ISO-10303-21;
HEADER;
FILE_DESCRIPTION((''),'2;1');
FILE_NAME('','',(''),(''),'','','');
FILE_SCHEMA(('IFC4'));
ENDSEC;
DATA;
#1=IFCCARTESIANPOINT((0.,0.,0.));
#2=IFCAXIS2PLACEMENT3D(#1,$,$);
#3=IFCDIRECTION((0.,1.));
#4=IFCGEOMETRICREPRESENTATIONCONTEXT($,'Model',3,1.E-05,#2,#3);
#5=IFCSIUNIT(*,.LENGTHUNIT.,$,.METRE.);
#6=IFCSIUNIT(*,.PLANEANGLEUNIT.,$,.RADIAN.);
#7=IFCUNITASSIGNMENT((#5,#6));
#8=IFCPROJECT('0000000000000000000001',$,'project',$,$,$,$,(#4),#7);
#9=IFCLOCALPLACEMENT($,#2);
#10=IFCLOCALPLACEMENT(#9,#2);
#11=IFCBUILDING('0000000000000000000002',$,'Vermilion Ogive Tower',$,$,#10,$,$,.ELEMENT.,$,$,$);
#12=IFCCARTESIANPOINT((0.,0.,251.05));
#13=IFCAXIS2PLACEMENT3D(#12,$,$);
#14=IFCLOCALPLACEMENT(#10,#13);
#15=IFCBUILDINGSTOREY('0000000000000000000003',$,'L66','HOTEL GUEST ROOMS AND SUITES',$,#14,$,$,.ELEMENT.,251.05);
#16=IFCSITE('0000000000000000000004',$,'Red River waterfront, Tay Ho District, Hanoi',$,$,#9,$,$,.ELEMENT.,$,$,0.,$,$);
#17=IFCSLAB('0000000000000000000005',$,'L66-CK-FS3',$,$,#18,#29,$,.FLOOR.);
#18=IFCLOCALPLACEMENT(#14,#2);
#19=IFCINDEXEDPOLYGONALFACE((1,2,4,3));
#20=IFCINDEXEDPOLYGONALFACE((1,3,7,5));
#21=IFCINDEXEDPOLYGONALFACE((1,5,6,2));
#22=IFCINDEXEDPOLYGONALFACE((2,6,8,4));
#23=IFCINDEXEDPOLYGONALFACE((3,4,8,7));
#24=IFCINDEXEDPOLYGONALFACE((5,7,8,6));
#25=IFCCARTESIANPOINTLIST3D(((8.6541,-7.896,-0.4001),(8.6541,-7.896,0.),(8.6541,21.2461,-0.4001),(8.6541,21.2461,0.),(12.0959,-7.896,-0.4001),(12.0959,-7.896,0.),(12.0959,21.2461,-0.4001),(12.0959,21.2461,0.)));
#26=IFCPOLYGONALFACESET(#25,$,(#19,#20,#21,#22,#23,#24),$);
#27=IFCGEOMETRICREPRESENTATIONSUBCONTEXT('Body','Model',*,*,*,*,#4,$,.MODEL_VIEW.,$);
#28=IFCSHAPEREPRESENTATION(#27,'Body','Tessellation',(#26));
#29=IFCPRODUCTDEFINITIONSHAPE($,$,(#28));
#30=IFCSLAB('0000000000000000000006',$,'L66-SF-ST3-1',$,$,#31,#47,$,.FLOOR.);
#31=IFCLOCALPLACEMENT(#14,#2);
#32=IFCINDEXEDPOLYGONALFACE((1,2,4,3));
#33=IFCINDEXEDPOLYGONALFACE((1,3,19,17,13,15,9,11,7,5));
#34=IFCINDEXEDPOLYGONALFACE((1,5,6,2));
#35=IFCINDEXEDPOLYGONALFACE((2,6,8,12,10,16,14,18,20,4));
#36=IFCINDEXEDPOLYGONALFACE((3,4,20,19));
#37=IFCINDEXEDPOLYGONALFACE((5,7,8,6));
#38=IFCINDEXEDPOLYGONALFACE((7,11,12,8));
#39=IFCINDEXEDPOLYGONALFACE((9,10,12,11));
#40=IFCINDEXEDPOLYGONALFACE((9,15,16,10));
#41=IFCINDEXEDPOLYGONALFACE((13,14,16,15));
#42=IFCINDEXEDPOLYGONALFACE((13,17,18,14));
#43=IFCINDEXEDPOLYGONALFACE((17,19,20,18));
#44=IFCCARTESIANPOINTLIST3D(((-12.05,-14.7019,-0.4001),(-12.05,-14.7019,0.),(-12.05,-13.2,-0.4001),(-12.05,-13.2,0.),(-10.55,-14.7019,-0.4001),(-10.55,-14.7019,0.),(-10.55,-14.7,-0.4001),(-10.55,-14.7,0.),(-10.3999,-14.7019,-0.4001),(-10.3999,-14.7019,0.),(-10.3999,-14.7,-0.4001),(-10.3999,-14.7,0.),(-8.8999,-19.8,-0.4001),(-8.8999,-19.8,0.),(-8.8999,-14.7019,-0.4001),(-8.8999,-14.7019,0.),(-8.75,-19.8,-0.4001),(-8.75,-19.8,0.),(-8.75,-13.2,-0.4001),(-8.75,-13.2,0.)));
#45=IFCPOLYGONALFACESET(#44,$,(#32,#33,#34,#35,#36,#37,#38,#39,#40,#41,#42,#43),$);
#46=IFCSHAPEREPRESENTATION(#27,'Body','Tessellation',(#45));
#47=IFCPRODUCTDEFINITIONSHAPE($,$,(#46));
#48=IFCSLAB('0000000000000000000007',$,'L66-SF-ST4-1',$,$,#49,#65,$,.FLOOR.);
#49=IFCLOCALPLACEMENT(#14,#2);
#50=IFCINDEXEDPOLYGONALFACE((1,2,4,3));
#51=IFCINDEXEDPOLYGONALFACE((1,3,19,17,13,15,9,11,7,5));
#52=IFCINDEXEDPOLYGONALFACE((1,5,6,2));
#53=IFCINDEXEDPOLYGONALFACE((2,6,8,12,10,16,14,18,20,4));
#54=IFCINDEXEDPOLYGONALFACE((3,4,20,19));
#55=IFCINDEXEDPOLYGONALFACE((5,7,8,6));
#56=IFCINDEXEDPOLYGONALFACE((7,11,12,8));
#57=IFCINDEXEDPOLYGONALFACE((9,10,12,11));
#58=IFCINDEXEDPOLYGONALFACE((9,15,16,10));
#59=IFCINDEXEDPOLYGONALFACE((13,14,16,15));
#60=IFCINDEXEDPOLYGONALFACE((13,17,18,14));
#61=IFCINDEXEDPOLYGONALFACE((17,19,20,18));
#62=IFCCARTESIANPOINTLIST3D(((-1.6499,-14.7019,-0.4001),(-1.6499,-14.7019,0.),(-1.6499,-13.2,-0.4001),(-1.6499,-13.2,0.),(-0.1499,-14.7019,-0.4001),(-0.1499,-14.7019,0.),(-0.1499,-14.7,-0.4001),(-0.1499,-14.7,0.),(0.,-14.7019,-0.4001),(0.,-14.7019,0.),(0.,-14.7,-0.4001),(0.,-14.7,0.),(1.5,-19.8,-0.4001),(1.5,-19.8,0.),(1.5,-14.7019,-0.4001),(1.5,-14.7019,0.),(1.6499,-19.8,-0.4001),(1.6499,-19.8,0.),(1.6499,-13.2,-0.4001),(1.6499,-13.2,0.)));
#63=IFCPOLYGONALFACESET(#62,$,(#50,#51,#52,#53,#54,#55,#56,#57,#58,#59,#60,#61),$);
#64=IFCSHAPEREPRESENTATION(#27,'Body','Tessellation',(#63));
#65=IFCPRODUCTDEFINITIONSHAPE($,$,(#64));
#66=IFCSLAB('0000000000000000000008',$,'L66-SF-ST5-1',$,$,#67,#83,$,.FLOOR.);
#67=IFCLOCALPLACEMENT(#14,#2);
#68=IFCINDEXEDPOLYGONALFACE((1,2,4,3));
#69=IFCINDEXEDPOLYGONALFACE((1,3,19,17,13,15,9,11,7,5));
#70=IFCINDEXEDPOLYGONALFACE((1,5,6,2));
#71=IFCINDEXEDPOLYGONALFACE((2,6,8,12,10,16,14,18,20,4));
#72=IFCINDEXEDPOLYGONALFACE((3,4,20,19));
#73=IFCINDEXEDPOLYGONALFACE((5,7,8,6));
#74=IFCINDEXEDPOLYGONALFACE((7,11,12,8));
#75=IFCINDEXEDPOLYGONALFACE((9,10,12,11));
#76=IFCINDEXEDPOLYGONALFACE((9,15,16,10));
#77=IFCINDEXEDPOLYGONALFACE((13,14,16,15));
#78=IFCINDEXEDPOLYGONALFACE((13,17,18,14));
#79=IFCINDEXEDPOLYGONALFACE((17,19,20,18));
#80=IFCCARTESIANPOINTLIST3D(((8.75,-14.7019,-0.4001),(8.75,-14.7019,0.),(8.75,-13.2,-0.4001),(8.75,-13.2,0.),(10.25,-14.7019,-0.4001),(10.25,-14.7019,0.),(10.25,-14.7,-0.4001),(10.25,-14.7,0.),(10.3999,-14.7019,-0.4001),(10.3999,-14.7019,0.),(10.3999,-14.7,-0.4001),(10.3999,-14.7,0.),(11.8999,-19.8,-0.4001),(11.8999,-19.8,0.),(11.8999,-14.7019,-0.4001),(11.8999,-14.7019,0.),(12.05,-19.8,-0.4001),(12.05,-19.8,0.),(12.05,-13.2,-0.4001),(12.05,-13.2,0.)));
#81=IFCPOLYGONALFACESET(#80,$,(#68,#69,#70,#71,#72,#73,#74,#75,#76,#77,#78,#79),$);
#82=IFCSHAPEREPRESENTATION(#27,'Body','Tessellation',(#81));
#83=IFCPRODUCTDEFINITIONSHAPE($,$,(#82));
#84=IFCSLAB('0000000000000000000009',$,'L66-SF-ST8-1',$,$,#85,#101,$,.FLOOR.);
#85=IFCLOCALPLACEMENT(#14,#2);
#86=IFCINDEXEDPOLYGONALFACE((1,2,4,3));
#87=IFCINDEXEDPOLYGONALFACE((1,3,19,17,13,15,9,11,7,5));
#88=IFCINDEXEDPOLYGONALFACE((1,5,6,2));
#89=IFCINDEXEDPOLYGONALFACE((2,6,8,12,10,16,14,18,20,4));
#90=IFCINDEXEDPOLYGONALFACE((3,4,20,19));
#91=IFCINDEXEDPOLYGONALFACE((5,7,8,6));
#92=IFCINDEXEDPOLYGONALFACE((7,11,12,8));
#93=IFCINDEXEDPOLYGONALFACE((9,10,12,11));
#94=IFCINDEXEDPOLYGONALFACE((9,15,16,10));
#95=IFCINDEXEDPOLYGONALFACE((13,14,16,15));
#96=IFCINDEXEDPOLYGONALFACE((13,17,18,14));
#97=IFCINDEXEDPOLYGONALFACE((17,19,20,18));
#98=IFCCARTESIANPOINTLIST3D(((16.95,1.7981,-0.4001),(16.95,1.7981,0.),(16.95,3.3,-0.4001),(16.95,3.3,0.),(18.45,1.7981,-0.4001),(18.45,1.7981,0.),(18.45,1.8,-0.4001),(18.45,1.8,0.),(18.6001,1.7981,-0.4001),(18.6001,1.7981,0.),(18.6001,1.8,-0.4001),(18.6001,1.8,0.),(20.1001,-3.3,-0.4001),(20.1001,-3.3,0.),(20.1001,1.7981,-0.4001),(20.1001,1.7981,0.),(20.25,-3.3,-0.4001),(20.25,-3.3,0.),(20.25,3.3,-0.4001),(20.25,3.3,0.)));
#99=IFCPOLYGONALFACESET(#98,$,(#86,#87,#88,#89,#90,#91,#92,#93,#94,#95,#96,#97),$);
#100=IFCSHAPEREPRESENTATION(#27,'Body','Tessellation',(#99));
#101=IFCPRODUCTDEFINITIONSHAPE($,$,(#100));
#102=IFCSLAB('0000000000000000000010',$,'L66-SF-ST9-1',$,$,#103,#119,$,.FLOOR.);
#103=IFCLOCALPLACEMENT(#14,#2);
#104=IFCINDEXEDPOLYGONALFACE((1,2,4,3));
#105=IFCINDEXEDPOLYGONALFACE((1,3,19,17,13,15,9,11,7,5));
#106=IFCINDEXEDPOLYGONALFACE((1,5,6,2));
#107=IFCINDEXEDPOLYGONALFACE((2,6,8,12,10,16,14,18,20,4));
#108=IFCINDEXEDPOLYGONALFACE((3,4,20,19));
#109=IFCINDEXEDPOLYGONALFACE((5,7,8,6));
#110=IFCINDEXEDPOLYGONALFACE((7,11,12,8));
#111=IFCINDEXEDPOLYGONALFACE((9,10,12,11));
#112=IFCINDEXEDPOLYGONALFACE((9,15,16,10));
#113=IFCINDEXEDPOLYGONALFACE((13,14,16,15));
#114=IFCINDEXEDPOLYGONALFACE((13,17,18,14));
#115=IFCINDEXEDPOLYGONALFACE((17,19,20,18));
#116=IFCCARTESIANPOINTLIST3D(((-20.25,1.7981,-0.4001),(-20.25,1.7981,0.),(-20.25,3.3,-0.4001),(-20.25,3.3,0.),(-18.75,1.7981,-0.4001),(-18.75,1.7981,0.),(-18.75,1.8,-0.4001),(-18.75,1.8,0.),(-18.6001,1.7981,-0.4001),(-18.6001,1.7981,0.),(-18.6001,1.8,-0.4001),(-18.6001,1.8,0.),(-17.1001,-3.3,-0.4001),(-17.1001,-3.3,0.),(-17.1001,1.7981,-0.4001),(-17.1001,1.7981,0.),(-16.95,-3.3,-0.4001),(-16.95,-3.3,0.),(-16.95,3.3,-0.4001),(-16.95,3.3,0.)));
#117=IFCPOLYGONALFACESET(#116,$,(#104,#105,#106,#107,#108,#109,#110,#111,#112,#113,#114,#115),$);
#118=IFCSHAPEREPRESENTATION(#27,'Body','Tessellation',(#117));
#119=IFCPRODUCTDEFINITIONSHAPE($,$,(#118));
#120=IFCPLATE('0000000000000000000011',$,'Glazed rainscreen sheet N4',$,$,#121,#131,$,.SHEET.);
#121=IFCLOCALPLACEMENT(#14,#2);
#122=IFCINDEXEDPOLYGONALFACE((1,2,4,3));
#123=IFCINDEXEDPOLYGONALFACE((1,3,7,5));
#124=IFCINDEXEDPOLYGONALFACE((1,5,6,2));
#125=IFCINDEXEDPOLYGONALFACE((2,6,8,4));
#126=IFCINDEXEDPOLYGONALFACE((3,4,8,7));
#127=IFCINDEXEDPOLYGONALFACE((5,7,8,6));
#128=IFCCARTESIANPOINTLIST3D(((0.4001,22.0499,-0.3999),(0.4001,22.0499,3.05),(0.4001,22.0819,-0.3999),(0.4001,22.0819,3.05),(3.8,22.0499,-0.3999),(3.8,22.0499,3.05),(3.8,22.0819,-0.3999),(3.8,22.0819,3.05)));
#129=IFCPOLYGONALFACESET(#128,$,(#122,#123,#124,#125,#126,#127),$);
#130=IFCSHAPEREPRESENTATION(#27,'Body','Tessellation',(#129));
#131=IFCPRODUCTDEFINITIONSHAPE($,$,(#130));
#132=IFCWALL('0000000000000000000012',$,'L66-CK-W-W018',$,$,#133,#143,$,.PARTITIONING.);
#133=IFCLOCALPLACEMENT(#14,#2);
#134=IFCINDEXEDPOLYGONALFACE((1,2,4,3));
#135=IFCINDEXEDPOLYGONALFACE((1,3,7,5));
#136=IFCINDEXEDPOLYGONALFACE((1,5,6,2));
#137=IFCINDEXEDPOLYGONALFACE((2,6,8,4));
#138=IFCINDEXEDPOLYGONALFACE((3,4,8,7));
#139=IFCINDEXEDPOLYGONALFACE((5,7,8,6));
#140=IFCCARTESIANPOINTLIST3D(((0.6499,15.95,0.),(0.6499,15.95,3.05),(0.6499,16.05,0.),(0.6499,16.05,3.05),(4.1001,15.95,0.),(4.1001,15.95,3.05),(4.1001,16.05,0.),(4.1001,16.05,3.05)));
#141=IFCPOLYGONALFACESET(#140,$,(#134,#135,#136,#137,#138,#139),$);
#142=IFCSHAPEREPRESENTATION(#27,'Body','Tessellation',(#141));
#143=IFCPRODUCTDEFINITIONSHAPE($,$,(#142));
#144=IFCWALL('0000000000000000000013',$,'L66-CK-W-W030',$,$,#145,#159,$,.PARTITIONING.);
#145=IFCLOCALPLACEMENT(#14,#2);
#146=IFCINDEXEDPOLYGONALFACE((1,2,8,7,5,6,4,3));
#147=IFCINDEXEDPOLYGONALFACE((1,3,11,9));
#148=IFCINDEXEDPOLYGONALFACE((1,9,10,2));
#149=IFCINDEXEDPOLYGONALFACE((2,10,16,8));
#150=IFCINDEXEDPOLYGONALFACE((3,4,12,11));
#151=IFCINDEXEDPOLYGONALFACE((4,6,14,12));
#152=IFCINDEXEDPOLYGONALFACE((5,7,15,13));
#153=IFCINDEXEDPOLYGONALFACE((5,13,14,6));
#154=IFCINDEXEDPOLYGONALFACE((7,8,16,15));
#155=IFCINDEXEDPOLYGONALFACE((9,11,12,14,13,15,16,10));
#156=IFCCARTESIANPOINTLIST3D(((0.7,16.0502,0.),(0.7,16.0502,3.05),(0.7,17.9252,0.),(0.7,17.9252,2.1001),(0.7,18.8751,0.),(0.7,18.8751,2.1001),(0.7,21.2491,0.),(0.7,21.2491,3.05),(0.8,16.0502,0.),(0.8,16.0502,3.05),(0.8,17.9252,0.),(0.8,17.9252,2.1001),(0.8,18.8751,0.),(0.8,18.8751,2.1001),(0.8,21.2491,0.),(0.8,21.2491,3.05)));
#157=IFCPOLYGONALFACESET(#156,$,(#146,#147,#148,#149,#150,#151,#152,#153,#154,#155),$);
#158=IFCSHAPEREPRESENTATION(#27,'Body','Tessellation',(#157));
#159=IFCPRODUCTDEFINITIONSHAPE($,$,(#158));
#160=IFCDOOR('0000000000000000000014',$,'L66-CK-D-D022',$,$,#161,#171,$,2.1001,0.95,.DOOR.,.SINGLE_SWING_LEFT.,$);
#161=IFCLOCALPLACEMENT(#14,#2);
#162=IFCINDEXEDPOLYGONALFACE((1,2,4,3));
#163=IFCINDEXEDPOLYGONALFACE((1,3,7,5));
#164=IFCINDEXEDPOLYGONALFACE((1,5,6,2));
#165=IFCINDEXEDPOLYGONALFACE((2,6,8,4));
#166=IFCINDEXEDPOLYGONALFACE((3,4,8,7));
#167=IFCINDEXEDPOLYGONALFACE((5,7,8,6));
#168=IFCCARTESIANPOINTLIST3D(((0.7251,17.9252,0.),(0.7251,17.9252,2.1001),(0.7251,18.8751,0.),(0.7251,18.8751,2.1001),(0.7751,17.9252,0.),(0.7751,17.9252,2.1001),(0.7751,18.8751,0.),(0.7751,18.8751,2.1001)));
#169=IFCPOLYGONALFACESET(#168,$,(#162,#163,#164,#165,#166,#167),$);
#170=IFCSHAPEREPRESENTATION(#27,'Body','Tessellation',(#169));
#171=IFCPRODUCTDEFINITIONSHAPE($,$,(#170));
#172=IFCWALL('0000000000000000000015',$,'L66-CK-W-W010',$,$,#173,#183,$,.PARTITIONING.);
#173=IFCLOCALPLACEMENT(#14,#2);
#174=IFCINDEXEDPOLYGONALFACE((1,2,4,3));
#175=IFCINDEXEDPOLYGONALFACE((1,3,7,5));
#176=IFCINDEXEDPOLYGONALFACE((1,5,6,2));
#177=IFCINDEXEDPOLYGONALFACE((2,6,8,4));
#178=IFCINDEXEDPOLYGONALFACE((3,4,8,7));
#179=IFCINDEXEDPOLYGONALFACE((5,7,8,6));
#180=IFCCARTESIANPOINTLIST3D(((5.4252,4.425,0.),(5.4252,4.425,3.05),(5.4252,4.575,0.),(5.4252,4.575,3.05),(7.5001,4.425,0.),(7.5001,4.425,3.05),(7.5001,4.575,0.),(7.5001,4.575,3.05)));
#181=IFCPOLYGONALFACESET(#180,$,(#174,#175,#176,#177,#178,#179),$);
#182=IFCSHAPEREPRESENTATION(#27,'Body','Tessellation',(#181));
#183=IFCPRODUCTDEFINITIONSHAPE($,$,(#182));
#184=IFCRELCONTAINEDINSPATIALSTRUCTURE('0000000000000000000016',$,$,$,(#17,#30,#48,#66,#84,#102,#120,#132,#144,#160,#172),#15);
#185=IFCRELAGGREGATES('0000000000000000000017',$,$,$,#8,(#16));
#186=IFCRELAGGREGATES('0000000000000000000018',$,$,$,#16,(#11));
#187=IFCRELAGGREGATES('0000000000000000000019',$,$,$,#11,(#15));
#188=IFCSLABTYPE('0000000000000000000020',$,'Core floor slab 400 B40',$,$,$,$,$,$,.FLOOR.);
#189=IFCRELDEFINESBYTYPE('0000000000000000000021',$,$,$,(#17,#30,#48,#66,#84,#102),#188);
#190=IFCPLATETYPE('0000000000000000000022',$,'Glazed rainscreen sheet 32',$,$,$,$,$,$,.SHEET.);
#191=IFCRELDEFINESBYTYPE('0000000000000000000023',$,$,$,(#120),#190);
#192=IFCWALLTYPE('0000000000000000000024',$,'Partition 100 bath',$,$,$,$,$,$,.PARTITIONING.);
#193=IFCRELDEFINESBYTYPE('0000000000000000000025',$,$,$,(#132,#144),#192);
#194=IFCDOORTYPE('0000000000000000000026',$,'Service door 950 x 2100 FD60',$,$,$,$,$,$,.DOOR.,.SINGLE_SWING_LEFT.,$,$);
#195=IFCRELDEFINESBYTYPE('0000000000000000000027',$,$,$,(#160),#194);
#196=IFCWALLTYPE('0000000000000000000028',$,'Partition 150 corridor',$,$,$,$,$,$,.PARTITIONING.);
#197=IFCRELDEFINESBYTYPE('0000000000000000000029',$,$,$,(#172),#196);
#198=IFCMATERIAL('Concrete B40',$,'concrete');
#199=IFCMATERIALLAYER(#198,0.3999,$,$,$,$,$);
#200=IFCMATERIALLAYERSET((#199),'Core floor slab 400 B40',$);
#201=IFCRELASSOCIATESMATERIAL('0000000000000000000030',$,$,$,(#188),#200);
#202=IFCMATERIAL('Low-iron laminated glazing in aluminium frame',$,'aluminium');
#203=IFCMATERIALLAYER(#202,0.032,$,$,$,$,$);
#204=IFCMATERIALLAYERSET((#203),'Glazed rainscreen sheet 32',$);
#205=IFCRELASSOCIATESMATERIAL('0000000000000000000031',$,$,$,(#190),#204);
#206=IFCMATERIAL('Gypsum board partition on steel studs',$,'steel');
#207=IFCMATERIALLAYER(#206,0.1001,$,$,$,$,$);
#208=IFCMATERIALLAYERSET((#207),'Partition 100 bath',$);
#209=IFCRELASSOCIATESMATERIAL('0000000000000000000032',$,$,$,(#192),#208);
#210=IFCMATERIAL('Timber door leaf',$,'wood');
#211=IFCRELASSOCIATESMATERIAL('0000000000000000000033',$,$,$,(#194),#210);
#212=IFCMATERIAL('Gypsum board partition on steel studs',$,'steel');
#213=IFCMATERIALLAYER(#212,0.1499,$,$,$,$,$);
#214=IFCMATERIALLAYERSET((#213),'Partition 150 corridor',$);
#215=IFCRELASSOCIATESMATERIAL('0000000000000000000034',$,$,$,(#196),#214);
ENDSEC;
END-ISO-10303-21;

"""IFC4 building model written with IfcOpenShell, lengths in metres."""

from ifc_helpers import new_model, si_unit, direction, frame, frame_2d, origin, origin_2d, place, context, subcontext, project, spatial, polyline, rectangle, outline, extrude, material, layer, layer_set, type_object, element, fill, save


model = new_model("IFC4")

# Units and contexts
model_context = context("Model", 3, precision=1e-05, world=origin(), true_north=direction((0.0, 1.0)))
body_context = subcontext(model_context, "Body", "Model", "MODEL_VIEW")
ifc_project = project(units=[si_unit("LENGTHUNIT", "METRE"), si_unit("PLANEANGLEUNIT", "RADIAN")], contexts=[model_context])

# Site, building, storey
site_placement = place(None, origin())
site = spatial("IfcSite", under=ifc_project, at=site_placement, Name="Red River waterfront, Tay Ho District, Hanoi", CompositionType="ELEMENT", RefElevation=0.0)
building_placement = place(site_placement, origin())
building = spatial("IfcBuilding", under=site, at=building_placement, Name="Vermilion Ogive Tower", CompositionType="ELEMENT")
storey_placement = place(building_placement, frame((0.0, 0.0, 251.05)))
storey = spatial("IfcBuildingStorey", under=building, at=storey_placement, Name="L66", Description="HOTEL GUEST ROOMS AND SUITES", CompositionType="ELEMENT", Elevation=251.05)

# Slabs
ifc_material_1 = material(Name="Concrete B40", Category="concrete")
ifc_layer_1 = layer(ifc_material_1, 0.3999)
ifc_layer_set_1 = layer_set([ifc_layer_1], Name="Core floor slab 400 B40")
slab_type = type_object("IfcSlabType", Name="Core floor slab 400 B40", PredefinedType="FLOOR", material=ifc_layer_set_1)
slab_1_placement = place(storey_placement, frame((0.0, 0.0, -0.4001)))
element("IfcSlab", 1, at=slab_1_placement, inside=storey, type_object=slab_type, Name="L66-CK-FS3", PredefinedType="FLOOR", context=body_context, shape_type="SweptSolid", body=[
    extrude(outline(polyline([(8.6541, 21.2461), (12.0959, 21.2461), (12.0959, -7.896), (8.6541, -7.896), (8.6541, 21.2461)])), origin(), (0.0, 0.0, 1.0), 0.4001),
])
slab_2_placement = place(storey_placement, frame((0.0, 0.0, -0.4001)))
element("IfcSlab", 2, at=slab_2_placement, inside=storey, type_object=slab_type, Name="L66-SF-ST3-1", PredefinedType="FLOOR", context=body_context, shape_type="SweptSolid", body=[
    extrude(outline(polyline([(-12.05, -13.2), (-12.05, -14.7019), (-10.55, -14.7019), (-10.55, -14.7), (-10.3999, -14.7), (-10.3999, -14.7019), (-8.8999, -14.7019), (-8.8999, -19.8), (-8.75, -19.8), (-8.75, -13.2), (-12.05, -13.2)])), origin(), (0.0, 0.0, 1.0), 0.4001),
])
slab_3_placement = place(storey_placement, frame((0.0, 0.0, -0.4001)))
element("IfcSlab", 3, at=slab_3_placement, inside=storey, type_object=slab_type, Name="L66-SF-ST4-1", PredefinedType="FLOOR", context=body_context, shape_type="SweptSolid", body=[
    extrude(outline(polyline([(-1.6499, -13.2), (-1.6499, -14.7019), (-0.1499, -14.7019), (-0.1499, -14.7), (0.0, -14.7), (0.0, -14.7019), (1.5, -14.7019), (1.5, -19.8), (1.6499, -19.8), (1.6499, -13.2), (-1.6499, -13.2)])), origin(), (0.0, 0.0, 1.0), 0.4001),
])
slab_4_placement = place(storey_placement, frame((0.0, 0.0, -0.4001)))
element("IfcSlab", 4, at=slab_4_placement, inside=storey, type_object=slab_type, Name="L66-SF-ST5-1", PredefinedType="FLOOR", context=body_context, shape_type="SweptSolid", body=[
    extrude(outline(polyline([(8.75, -13.2), (8.75, -14.7019), (10.25, -14.7019), (10.25, -14.7), (10.3999, -14.7), (10.3999, -14.7019), (11.8999, -14.7019), (11.8999, -19.8), (12.05, -19.8), (12.05, -13.2), (8.75, -13.2)])), origin(), (0.0, 0.0, 1.0), 0.4001),
])
slab_5_placement = place(storey_placement, frame((0.0, 0.0, -0.4001)))
element("IfcSlab", 5, at=slab_5_placement, inside=storey, type_object=slab_type, Name="L66-SF-ST8-1", PredefinedType="FLOOR", context=body_context, shape_type="SweptSolid", body=[
    extrude(outline(polyline([(16.95, 3.3), (16.95, 1.7981), (18.45, 1.7981), (18.45, 1.8), (18.6001, 1.8), (18.6001, 1.7981), (20.1001, 1.7981), (20.1001, -3.3), (20.25, -3.3), (20.25, 3.3), (16.95, 3.3)])), origin(), (0.0, 0.0, 1.0), 0.4001),
])
slab_6_placement = place(storey_placement, frame((0.0, 0.0, -0.4001)))
element("IfcSlab", 6, at=slab_6_placement, inside=storey, type_object=slab_type, Name="L66-SF-ST9-1", PredefinedType="FLOOR", context=body_context, shape_type="SweptSolid", body=[
    extrude(outline(polyline([(-20.25, 3.3), (-20.25, 1.7981), (-18.75, 1.7981), (-18.75, 1.8), (-18.6001, 1.8), (-18.6001, 1.7981), (-17.1001, 1.7981), (-17.1001, -3.3), (-16.95, -3.3), (-16.95, 3.3), (-20.25, 3.3)])), origin(), (0.0, 0.0, 1.0), 0.4001),
])

# Plate
ifc_material_2 = material(Name="Low-iron laminated glazing in aluminium frame", Category="aluminium")
ifc_layer_2 = layer(ifc_material_2, 0.032)
ifc_layer_set_2 = layer_set([ifc_layer_2], Name="Glazed rainscreen sheet 32")
plate_type = type_object("IfcPlateType", Name="Glazed rainscreen sheet 32", PredefinedType="SHEET", material=ifc_layer_set_2)
plate_placement = place(storey_placement, frame((2.1001, 22.0659, -0.3999), z_axis=(0.0, 0.0, 1.0), x_axis=(1.0, 0.0, 0.0)))
element("IfcPlate", 7, at=plate_placement, inside=storey, type_object=plate_type, Name="Glazed rainscreen sheet N4", PredefinedType="SHEET", context=body_context, shape_type="SweptSolid", body=[
    extrude(rectangle(XDim=3.3999, YDim=0.032, at=origin_2d()), origin(), (0.0, 0.0, 1.0), 3.45),
])

# Wall
ifc_material_3 = material(Name="Gypsum board partition on steel studs", Category="steel")
ifc_layer_3 = layer(ifc_material_3, 0.1001)
ifc_layer_set_3 = layer_set([ifc_layer_3], Name="Partition 100 bath")
wall_type_1 = type_object("IfcWallType", Name="Partition 100 bath", PredefinedType="PARTITIONING", material=ifc_layer_set_3)
wall_1_placement = place(storey_placement, frame((0.6499, 16.0, 0.0), z_axis=(0.0, 0.0, 1.0), x_axis=(1.0, 0.0, 0.0)))
element("IfcWall", 8, at=wall_1_placement, inside=storey, type_object=wall_type_1, Name="L66-CK-W-W018", PredefinedType="PARTITIONING", context=body_context, shape_type="SweptSolid", body=[
    extrude(rectangle(XDim=3.4502, YDim=0.1001, at=frame_2d((1.7251, 0.0))), origin(), (0.0, 0.0, 1.0), 3.05),
])

# Wall, opening, door
wall_2_placement = place(storey_placement, frame((0.75, 16.05, 0.0), z_axis=(0.0, 0.0, 1.0), x_axis=(0.0, 1.0, 0.0)))
wall_2 = element("IfcWall", 9, at=wall_2_placement, inside=storey, type_object=wall_type_1, Name="L66-CK-W-W030", PredefinedType="PARTITIONING", context=body_context, shape_type="SweptSolid", body=[
    extrude(rectangle(XDim=5.199, YDim=0.1001, at=frame_2d((2.5996, 0.0))), origin(), (0.0, 0.0, 1.0), 3.05),
])
opening_1_placement = place(wall_2_placement, frame((1.875, 0.0, 0.0)))
opening_1 = element("IfcOpeningElement", 10, at=opening_1_placement, cuts=wall_2, PredefinedType="OPENING", context=body_context, shape_type="SweptSolid", body=[
    extrude(rectangle(XDim=0.95, YDim=2.1001, at=frame_2d((0.4751, 1.05))), frame((0.0, 0.0601, 0.0), z_axis=(0.0, -1.0, 0.0), x_axis=(1.0, 0.0, 0.0)), (0.0, 0.0, 1.0), 0.1201),
])
ifc_material_4 = material(Name="Timber door leaf", Category="wood")
door_type_1 = type_object("IfcDoorType", Name="Service door 950 x 2100 FD60", OperationType="SINGLE_SWING_LEFT", PredefinedType="DOOR", material=ifc_material_4)
door_1_placement = place(opening_1_placement, origin())
door_1 = element("IfcDoor", 11, at=door_1_placement, inside=storey, type_object=door_type_1, Name="L66-CK-D-D022", OperationType="SINGLE_SWING_LEFT", OverallHeight=2.1001, OverallWidth=0.95, PredefinedType="DOOR", context=body_context, shape_type="SweptSolid", body=[
    extrude(rectangle(XDim=0.95, YDim=2.1001, at=frame_2d((0.4751, 1.05))), frame((0.0, 0.0249, 0.0), z_axis=(0.0, -1.0, 0.0), x_axis=(1.0, 0.0, 0.0)), (0.0, 0.0, 1.0), 0.05),
])
fill(opening_1, door_1)

# Wall
ifc_material_5 = material(Name="Gypsum board partition on steel studs", Category="steel")
ifc_layer_4 = layer(ifc_material_5, 0.1499)
ifc_layer_set_4 = layer_set([ifc_layer_4], Name="Partition 150 corridor")
wall_type_2 = type_object("IfcWallType", Name="Partition 150 corridor", PredefinedType="PARTITIONING", material=ifc_layer_set_4)
wall_3_placement = place(storey_placement, frame((5.425, 4.5, 0.0), z_axis=(0.0, 0.0, 1.0), x_axis=(1.0, 0.0, 0.0)))
element("IfcWall", 12, at=wall_3_placement, inside=storey, type_object=wall_type_2, Name="L66-CK-W-W010", PredefinedType="PARTITIONING", context=body_context, shape_type="SweptSolid", body=[
    extrude(rectangle(XDim=2.075, YDim=0.1499, at=frame_2d((1.0376, 0.0))), origin(), (0.0, 0.0, 1.0), 3.05),
])

save(model, "model.ifc")
